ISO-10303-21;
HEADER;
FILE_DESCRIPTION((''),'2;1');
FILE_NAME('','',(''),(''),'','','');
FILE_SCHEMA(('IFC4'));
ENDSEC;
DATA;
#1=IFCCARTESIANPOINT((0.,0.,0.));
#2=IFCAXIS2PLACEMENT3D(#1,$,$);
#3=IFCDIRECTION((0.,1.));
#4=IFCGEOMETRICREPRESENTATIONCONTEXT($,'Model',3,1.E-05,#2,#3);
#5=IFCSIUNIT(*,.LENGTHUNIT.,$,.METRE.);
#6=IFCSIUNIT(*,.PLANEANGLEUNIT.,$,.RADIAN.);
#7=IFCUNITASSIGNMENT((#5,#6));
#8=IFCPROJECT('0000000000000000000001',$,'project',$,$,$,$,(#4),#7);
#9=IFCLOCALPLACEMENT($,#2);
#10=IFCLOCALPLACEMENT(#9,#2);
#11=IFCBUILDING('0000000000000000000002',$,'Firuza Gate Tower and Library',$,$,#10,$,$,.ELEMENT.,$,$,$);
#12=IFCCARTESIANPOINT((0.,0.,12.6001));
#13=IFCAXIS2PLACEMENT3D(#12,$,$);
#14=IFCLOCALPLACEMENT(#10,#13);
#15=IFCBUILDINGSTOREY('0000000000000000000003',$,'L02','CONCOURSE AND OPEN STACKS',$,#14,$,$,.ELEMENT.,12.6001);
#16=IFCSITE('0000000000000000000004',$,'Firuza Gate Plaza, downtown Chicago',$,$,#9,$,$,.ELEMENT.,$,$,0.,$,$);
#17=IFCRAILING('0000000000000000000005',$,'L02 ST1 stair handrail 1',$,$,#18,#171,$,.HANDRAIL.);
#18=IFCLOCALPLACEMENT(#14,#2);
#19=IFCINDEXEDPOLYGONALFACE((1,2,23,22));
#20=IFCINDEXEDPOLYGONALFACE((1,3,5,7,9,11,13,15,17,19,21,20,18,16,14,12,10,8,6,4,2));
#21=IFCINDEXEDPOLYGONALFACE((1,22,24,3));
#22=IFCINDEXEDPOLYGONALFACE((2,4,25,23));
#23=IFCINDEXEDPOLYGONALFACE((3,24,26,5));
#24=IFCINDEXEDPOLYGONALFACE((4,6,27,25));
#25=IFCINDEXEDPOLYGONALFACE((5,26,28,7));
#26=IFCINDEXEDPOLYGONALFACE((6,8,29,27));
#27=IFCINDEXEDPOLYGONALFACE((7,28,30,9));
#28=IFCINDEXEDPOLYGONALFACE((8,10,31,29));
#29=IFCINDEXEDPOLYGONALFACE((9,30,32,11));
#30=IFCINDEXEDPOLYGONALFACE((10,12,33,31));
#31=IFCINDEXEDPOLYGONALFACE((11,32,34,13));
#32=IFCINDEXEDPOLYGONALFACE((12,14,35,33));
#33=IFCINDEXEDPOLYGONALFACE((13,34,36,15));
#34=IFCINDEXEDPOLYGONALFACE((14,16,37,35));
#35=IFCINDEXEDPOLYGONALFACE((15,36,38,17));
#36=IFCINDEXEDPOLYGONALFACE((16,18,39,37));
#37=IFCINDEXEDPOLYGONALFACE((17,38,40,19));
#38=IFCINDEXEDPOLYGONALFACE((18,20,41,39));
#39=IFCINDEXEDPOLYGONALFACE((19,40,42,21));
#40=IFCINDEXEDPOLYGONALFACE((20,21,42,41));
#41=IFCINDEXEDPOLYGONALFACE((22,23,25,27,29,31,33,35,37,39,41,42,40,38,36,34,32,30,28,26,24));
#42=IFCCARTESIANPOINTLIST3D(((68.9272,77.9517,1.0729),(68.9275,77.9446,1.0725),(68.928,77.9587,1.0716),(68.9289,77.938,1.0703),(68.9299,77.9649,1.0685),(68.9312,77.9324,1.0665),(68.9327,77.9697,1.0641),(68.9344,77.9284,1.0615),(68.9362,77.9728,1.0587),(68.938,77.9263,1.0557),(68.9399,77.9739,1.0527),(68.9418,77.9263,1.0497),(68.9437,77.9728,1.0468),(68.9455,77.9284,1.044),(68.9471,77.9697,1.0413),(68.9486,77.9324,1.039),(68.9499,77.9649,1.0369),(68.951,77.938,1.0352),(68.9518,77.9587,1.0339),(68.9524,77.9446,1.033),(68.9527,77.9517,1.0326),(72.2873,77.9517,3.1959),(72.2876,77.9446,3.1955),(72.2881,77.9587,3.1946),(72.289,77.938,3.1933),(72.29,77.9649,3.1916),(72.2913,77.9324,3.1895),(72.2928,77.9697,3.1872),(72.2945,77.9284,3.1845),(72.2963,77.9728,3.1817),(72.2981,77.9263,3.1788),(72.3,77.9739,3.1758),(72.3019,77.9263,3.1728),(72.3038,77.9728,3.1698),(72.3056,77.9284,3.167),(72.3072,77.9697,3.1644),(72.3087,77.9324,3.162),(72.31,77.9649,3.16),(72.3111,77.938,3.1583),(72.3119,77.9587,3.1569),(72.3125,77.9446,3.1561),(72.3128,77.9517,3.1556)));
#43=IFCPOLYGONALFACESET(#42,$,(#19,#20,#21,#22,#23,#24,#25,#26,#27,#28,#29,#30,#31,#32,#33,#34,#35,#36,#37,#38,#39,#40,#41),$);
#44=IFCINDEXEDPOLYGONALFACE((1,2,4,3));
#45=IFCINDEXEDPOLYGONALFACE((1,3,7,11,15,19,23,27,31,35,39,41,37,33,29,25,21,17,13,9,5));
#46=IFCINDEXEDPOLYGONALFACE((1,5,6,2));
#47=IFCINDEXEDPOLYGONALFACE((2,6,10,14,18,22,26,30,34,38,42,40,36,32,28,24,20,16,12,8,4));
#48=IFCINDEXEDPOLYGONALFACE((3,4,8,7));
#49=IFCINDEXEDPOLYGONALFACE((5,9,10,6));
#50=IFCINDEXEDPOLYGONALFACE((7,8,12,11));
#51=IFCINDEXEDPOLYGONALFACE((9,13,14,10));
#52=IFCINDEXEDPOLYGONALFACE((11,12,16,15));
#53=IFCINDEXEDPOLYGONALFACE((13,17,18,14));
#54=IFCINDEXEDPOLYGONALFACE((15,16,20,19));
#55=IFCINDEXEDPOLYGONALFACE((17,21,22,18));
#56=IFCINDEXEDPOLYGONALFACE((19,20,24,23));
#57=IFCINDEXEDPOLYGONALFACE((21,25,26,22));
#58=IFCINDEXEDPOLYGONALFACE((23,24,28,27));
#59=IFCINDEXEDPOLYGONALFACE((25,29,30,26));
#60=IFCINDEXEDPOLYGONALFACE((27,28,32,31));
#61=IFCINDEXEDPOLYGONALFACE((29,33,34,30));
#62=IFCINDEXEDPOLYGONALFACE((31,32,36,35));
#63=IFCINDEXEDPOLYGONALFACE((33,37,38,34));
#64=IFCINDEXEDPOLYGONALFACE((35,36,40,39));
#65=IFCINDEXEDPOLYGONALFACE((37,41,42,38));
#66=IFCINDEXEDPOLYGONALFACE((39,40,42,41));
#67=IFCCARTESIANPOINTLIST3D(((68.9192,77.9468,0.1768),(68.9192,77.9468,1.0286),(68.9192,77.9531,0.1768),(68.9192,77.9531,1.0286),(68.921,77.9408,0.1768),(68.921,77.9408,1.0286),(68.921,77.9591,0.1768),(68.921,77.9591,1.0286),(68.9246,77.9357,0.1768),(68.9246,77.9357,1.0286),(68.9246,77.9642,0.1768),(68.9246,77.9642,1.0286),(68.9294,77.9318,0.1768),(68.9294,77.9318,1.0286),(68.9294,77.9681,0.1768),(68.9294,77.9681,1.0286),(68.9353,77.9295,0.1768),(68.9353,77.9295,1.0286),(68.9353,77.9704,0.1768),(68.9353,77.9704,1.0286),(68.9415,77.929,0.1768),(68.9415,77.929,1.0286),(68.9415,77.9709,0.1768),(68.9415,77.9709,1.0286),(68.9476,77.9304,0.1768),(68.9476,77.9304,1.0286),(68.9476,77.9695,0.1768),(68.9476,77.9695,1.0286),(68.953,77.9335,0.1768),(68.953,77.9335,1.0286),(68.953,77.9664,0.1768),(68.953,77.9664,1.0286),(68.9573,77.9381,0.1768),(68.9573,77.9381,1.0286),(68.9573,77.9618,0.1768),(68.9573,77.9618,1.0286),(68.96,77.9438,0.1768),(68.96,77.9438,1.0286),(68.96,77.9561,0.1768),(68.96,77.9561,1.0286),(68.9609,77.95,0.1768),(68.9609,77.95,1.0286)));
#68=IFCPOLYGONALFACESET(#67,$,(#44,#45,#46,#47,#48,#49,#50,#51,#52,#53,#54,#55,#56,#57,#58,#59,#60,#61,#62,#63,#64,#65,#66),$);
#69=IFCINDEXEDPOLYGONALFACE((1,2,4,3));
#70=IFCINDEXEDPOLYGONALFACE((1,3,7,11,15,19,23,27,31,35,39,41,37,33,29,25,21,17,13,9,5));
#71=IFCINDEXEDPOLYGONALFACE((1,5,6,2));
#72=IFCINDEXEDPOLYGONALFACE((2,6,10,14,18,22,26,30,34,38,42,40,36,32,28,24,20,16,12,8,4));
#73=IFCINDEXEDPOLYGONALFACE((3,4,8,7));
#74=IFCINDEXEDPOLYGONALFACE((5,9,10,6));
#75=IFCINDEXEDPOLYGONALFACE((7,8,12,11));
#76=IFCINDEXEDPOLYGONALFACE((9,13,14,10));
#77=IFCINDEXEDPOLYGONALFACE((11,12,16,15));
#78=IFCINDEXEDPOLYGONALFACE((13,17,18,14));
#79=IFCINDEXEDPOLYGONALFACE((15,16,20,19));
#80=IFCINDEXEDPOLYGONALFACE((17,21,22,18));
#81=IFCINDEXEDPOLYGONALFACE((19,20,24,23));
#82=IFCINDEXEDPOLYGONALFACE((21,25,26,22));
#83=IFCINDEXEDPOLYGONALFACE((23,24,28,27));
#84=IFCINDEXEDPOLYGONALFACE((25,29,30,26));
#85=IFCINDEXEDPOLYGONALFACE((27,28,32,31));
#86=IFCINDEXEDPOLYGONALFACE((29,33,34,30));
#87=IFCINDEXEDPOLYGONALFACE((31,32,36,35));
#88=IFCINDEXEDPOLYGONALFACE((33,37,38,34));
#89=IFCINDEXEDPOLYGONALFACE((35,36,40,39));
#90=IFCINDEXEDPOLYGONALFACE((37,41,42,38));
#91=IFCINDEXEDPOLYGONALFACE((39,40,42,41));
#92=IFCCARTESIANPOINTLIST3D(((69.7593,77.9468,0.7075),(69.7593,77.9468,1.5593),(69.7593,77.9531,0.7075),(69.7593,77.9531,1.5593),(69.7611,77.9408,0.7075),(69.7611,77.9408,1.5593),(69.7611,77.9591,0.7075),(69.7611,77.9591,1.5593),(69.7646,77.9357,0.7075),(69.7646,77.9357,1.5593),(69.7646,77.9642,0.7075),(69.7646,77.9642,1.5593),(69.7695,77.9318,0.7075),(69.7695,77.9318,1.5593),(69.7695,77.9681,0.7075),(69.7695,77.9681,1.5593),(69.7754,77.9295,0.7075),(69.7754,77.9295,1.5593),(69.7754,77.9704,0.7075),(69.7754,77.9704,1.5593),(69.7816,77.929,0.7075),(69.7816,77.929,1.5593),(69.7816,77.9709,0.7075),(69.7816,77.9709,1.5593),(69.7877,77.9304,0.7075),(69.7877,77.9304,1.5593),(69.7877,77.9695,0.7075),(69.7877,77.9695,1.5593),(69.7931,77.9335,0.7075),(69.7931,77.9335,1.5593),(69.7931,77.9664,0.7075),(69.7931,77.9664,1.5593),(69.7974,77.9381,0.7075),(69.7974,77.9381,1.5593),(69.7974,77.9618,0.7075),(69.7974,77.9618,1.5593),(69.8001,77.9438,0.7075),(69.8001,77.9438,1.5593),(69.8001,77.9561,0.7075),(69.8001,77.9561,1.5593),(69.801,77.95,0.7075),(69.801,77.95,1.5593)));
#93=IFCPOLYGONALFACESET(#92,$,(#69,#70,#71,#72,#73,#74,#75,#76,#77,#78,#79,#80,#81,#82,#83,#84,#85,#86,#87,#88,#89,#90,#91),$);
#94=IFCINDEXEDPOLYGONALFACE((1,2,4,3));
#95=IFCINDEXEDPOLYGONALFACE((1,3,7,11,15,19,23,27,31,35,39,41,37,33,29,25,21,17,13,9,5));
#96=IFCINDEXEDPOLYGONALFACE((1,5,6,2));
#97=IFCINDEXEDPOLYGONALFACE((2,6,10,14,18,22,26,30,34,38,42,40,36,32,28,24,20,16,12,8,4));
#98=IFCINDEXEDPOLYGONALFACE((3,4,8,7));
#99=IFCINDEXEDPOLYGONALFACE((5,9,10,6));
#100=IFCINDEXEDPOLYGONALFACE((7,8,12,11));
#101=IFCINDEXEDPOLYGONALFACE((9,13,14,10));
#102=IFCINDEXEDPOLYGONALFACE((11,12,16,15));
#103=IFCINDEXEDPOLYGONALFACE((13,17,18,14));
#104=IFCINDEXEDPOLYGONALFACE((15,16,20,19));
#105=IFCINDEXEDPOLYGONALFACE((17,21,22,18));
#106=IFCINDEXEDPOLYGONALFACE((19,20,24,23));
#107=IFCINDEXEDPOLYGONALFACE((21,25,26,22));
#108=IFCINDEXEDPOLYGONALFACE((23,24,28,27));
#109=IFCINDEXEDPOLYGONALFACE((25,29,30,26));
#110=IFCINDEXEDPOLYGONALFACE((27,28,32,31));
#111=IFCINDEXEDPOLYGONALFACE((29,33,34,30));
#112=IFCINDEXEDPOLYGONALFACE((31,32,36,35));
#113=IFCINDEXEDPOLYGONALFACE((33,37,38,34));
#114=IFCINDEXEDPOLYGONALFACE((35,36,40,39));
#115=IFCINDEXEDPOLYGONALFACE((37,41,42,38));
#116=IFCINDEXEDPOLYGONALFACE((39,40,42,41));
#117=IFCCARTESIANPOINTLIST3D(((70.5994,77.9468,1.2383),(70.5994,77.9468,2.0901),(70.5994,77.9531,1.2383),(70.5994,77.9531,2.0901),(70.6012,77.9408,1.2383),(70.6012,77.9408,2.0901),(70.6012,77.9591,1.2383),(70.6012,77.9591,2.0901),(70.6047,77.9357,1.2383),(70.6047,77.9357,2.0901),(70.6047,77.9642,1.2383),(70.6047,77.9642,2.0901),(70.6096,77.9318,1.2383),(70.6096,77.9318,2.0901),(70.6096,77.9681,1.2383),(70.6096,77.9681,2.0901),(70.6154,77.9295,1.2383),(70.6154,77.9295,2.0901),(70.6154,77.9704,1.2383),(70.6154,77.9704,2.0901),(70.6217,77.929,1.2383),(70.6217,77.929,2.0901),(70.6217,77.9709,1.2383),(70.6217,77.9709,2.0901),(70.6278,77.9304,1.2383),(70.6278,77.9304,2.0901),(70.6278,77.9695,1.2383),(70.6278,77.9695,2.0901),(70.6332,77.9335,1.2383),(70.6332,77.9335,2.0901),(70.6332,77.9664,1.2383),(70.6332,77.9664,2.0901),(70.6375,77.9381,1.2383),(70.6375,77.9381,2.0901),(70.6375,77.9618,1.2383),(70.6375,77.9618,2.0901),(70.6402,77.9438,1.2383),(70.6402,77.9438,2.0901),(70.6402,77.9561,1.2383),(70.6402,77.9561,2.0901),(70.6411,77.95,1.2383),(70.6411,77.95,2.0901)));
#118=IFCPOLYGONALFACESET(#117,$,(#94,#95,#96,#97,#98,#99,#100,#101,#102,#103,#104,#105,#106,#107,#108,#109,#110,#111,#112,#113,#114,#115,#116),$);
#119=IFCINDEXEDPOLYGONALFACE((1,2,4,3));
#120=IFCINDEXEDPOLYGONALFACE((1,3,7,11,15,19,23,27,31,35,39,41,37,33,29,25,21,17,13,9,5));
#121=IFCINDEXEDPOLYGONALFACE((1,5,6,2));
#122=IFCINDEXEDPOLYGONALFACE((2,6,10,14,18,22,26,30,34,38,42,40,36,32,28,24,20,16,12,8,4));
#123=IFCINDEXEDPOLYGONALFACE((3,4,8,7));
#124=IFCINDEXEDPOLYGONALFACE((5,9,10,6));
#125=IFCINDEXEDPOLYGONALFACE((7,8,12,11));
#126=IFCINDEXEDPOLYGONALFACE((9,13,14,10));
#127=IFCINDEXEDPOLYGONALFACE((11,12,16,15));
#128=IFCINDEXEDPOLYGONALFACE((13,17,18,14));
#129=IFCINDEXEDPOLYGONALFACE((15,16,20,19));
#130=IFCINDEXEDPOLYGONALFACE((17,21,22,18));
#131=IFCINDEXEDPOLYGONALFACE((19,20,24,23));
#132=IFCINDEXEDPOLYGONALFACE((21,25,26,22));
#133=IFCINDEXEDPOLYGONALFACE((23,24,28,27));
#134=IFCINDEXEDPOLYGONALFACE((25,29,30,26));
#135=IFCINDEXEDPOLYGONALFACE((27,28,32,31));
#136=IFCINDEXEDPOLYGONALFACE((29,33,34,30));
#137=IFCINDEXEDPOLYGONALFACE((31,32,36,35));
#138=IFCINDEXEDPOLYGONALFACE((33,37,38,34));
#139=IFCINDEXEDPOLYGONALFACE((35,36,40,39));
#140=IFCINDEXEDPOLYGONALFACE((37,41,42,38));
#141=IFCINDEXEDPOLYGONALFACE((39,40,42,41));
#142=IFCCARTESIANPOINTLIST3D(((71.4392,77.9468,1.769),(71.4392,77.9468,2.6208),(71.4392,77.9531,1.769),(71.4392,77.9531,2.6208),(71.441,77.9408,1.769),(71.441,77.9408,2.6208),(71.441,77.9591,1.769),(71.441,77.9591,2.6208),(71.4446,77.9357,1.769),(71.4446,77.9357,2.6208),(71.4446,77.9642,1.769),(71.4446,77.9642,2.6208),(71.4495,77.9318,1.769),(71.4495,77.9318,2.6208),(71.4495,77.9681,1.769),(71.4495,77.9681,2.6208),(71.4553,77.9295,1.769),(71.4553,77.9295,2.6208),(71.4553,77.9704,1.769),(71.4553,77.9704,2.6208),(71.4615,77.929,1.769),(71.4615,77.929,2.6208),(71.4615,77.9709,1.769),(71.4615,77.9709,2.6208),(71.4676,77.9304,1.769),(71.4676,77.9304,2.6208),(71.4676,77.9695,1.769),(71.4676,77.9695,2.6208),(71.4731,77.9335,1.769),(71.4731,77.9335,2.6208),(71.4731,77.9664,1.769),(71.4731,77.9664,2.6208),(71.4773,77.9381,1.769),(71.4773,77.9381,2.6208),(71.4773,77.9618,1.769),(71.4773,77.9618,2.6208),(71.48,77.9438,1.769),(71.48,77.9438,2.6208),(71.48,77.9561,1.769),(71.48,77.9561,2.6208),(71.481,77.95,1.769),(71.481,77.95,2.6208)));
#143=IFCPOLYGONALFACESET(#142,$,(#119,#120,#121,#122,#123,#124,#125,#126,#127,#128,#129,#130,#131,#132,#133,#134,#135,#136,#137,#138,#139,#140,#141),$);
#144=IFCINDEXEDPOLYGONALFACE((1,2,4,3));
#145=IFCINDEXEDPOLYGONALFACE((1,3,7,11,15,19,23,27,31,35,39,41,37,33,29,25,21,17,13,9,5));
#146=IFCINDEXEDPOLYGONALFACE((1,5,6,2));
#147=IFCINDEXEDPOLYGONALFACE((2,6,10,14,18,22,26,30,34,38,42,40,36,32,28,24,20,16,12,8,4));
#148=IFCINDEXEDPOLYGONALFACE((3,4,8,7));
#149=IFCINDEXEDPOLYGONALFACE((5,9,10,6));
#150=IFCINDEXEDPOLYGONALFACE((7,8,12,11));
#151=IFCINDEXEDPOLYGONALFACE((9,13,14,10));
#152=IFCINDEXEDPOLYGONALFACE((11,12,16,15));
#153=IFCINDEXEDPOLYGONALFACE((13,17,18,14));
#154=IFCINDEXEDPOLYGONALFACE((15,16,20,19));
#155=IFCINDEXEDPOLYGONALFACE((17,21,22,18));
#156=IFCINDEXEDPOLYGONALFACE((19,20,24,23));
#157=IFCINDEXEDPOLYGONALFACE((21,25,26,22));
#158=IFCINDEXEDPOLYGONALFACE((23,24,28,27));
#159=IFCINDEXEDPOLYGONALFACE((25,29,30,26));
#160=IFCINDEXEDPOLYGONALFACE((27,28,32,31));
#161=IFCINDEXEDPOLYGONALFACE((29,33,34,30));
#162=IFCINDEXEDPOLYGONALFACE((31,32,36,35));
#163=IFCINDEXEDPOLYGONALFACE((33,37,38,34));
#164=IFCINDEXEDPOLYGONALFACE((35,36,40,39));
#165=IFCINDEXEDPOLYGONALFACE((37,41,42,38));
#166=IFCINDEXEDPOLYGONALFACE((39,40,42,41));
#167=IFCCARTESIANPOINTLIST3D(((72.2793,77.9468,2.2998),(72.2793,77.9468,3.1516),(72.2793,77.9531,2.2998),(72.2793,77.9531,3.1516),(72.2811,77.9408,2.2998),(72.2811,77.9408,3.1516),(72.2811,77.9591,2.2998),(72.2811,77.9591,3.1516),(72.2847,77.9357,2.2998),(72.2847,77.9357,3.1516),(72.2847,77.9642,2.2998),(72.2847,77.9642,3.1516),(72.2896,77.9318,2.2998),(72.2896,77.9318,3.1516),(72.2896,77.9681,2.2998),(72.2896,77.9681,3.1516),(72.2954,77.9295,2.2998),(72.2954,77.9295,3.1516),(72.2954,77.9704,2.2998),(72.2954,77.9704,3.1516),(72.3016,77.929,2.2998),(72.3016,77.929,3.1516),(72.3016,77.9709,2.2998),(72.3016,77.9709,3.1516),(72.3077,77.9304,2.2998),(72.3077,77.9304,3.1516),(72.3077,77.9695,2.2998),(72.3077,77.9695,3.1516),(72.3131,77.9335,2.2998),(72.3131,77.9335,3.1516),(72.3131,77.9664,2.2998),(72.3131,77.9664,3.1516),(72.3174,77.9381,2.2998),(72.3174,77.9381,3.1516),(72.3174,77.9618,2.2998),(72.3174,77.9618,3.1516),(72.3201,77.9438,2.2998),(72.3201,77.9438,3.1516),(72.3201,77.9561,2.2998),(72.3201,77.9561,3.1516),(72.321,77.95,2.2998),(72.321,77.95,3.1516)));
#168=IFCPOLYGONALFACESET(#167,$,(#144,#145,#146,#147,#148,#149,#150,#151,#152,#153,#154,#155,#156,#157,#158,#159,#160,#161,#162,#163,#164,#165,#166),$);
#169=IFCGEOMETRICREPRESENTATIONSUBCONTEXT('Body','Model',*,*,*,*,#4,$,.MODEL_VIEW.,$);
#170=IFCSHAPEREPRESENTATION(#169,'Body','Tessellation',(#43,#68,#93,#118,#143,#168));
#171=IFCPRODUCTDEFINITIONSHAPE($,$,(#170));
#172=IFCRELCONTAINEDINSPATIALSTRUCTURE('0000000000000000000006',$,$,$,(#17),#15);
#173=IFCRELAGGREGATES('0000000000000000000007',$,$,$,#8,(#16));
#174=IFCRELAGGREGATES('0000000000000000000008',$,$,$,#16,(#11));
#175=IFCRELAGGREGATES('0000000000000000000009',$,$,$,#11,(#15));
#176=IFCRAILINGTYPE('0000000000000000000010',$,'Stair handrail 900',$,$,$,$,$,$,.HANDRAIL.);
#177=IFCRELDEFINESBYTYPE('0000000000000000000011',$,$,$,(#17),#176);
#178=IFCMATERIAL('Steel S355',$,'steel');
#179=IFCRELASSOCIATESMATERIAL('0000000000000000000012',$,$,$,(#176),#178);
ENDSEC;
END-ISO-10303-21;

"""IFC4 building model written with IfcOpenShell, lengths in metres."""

from ifc_helpers import new_model, si_unit, direction, frame, origin, origin_2d, place, context, subcontext, project, spatial, circle, extrude, material, type_object, element, save


model = new_model("IFC4")

# Units and contexts
model_context = context("Model", 3, precision=1e-05, world=origin(), true_north=direction((0.0, 1.0)))
body_context = subcontext(model_context, "Body", "Model", "MODEL_VIEW")
ifc_project = project(units=[si_unit("LENGTHUNIT", "METRE"), si_unit("PLANEANGLEUNIT", "RADIAN")], contexts=[model_context])

# Site, building, storey
site_placement = place(None, origin())
site = spatial("IfcSite", under=ifc_project, at=site_placement, Name="Firuza Gate Plaza, downtown Chicago", CompositionType="ELEMENT", RefElevation=0.0)
building_placement = place(site_placement, origin())
building = spatial("IfcBuilding", under=site, at=building_placement, Name="Firuza Gate Tower and Library", CompositionType="ELEMENT")
storey_placement = place(building_placement, frame((0.0, 0.0, 12.6001)))
storey = spatial("IfcBuildingStorey", under=building, at=storey_placement, Name="L02", Description="CONCOURSE AND OPEN STACKS", CompositionType="ELEMENT", Elevation=12.6001)

# Railing
ifc_material_1 = material(Name="Steel S355", Category="steel")
railing_type_1 = type_object("IfcRailingType", Name="Stair handrail 900", PredefinedType="HANDRAIL", material=ifc_material_1)
railing_1_placement = place(storey_placement, frame((68.9399, 77.95, 0.1768)))
element("IfcRailing", 1, at=railing_1_placement, inside=storey, type_object=railing_type_1, Name="L02 ST1 stair handrail 1", PredefinedType="HANDRAIL", context=body_context, shape_type="SweptSolid", body=[
    extrude(circle(Radius=0.0239, at=origin_2d()), frame((0.0, 0.0, 0.876), z_axis=(0.84539, 0.0, 0.53415), x_axis=(0.0, 1.0, 0.0)), (0.0, 0.0, 1.0), 3.9746),
    extrude(circle(Radius=0.021, at=origin_2d()), origin(), (0.0, 0.0, 1.0), 0.8518),
    extrude(circle(Radius=0.021, at=origin_2d()), frame((0.8401, 0.0, 0.5308)), (0.0, 0.0, 1.0), 0.8518),
    extrude(circle(Radius=0.021, at=origin_2d()), frame((1.6802, 0.0, 1.0615)), (0.0, 0.0, 1.0), 0.8518),
    extrude(circle(Radius=0.021, at=origin_2d()), frame((2.52, 0.0, 1.5923)), (0.0, 0.0, 1.0), 0.8518),
    extrude(circle(Radius=0.021, at=origin_2d()), frame((3.3601, 0.0, 2.123)), (0.0, 0.0, 1.0), 0.8518),
])

save(model, "model.ifc")
